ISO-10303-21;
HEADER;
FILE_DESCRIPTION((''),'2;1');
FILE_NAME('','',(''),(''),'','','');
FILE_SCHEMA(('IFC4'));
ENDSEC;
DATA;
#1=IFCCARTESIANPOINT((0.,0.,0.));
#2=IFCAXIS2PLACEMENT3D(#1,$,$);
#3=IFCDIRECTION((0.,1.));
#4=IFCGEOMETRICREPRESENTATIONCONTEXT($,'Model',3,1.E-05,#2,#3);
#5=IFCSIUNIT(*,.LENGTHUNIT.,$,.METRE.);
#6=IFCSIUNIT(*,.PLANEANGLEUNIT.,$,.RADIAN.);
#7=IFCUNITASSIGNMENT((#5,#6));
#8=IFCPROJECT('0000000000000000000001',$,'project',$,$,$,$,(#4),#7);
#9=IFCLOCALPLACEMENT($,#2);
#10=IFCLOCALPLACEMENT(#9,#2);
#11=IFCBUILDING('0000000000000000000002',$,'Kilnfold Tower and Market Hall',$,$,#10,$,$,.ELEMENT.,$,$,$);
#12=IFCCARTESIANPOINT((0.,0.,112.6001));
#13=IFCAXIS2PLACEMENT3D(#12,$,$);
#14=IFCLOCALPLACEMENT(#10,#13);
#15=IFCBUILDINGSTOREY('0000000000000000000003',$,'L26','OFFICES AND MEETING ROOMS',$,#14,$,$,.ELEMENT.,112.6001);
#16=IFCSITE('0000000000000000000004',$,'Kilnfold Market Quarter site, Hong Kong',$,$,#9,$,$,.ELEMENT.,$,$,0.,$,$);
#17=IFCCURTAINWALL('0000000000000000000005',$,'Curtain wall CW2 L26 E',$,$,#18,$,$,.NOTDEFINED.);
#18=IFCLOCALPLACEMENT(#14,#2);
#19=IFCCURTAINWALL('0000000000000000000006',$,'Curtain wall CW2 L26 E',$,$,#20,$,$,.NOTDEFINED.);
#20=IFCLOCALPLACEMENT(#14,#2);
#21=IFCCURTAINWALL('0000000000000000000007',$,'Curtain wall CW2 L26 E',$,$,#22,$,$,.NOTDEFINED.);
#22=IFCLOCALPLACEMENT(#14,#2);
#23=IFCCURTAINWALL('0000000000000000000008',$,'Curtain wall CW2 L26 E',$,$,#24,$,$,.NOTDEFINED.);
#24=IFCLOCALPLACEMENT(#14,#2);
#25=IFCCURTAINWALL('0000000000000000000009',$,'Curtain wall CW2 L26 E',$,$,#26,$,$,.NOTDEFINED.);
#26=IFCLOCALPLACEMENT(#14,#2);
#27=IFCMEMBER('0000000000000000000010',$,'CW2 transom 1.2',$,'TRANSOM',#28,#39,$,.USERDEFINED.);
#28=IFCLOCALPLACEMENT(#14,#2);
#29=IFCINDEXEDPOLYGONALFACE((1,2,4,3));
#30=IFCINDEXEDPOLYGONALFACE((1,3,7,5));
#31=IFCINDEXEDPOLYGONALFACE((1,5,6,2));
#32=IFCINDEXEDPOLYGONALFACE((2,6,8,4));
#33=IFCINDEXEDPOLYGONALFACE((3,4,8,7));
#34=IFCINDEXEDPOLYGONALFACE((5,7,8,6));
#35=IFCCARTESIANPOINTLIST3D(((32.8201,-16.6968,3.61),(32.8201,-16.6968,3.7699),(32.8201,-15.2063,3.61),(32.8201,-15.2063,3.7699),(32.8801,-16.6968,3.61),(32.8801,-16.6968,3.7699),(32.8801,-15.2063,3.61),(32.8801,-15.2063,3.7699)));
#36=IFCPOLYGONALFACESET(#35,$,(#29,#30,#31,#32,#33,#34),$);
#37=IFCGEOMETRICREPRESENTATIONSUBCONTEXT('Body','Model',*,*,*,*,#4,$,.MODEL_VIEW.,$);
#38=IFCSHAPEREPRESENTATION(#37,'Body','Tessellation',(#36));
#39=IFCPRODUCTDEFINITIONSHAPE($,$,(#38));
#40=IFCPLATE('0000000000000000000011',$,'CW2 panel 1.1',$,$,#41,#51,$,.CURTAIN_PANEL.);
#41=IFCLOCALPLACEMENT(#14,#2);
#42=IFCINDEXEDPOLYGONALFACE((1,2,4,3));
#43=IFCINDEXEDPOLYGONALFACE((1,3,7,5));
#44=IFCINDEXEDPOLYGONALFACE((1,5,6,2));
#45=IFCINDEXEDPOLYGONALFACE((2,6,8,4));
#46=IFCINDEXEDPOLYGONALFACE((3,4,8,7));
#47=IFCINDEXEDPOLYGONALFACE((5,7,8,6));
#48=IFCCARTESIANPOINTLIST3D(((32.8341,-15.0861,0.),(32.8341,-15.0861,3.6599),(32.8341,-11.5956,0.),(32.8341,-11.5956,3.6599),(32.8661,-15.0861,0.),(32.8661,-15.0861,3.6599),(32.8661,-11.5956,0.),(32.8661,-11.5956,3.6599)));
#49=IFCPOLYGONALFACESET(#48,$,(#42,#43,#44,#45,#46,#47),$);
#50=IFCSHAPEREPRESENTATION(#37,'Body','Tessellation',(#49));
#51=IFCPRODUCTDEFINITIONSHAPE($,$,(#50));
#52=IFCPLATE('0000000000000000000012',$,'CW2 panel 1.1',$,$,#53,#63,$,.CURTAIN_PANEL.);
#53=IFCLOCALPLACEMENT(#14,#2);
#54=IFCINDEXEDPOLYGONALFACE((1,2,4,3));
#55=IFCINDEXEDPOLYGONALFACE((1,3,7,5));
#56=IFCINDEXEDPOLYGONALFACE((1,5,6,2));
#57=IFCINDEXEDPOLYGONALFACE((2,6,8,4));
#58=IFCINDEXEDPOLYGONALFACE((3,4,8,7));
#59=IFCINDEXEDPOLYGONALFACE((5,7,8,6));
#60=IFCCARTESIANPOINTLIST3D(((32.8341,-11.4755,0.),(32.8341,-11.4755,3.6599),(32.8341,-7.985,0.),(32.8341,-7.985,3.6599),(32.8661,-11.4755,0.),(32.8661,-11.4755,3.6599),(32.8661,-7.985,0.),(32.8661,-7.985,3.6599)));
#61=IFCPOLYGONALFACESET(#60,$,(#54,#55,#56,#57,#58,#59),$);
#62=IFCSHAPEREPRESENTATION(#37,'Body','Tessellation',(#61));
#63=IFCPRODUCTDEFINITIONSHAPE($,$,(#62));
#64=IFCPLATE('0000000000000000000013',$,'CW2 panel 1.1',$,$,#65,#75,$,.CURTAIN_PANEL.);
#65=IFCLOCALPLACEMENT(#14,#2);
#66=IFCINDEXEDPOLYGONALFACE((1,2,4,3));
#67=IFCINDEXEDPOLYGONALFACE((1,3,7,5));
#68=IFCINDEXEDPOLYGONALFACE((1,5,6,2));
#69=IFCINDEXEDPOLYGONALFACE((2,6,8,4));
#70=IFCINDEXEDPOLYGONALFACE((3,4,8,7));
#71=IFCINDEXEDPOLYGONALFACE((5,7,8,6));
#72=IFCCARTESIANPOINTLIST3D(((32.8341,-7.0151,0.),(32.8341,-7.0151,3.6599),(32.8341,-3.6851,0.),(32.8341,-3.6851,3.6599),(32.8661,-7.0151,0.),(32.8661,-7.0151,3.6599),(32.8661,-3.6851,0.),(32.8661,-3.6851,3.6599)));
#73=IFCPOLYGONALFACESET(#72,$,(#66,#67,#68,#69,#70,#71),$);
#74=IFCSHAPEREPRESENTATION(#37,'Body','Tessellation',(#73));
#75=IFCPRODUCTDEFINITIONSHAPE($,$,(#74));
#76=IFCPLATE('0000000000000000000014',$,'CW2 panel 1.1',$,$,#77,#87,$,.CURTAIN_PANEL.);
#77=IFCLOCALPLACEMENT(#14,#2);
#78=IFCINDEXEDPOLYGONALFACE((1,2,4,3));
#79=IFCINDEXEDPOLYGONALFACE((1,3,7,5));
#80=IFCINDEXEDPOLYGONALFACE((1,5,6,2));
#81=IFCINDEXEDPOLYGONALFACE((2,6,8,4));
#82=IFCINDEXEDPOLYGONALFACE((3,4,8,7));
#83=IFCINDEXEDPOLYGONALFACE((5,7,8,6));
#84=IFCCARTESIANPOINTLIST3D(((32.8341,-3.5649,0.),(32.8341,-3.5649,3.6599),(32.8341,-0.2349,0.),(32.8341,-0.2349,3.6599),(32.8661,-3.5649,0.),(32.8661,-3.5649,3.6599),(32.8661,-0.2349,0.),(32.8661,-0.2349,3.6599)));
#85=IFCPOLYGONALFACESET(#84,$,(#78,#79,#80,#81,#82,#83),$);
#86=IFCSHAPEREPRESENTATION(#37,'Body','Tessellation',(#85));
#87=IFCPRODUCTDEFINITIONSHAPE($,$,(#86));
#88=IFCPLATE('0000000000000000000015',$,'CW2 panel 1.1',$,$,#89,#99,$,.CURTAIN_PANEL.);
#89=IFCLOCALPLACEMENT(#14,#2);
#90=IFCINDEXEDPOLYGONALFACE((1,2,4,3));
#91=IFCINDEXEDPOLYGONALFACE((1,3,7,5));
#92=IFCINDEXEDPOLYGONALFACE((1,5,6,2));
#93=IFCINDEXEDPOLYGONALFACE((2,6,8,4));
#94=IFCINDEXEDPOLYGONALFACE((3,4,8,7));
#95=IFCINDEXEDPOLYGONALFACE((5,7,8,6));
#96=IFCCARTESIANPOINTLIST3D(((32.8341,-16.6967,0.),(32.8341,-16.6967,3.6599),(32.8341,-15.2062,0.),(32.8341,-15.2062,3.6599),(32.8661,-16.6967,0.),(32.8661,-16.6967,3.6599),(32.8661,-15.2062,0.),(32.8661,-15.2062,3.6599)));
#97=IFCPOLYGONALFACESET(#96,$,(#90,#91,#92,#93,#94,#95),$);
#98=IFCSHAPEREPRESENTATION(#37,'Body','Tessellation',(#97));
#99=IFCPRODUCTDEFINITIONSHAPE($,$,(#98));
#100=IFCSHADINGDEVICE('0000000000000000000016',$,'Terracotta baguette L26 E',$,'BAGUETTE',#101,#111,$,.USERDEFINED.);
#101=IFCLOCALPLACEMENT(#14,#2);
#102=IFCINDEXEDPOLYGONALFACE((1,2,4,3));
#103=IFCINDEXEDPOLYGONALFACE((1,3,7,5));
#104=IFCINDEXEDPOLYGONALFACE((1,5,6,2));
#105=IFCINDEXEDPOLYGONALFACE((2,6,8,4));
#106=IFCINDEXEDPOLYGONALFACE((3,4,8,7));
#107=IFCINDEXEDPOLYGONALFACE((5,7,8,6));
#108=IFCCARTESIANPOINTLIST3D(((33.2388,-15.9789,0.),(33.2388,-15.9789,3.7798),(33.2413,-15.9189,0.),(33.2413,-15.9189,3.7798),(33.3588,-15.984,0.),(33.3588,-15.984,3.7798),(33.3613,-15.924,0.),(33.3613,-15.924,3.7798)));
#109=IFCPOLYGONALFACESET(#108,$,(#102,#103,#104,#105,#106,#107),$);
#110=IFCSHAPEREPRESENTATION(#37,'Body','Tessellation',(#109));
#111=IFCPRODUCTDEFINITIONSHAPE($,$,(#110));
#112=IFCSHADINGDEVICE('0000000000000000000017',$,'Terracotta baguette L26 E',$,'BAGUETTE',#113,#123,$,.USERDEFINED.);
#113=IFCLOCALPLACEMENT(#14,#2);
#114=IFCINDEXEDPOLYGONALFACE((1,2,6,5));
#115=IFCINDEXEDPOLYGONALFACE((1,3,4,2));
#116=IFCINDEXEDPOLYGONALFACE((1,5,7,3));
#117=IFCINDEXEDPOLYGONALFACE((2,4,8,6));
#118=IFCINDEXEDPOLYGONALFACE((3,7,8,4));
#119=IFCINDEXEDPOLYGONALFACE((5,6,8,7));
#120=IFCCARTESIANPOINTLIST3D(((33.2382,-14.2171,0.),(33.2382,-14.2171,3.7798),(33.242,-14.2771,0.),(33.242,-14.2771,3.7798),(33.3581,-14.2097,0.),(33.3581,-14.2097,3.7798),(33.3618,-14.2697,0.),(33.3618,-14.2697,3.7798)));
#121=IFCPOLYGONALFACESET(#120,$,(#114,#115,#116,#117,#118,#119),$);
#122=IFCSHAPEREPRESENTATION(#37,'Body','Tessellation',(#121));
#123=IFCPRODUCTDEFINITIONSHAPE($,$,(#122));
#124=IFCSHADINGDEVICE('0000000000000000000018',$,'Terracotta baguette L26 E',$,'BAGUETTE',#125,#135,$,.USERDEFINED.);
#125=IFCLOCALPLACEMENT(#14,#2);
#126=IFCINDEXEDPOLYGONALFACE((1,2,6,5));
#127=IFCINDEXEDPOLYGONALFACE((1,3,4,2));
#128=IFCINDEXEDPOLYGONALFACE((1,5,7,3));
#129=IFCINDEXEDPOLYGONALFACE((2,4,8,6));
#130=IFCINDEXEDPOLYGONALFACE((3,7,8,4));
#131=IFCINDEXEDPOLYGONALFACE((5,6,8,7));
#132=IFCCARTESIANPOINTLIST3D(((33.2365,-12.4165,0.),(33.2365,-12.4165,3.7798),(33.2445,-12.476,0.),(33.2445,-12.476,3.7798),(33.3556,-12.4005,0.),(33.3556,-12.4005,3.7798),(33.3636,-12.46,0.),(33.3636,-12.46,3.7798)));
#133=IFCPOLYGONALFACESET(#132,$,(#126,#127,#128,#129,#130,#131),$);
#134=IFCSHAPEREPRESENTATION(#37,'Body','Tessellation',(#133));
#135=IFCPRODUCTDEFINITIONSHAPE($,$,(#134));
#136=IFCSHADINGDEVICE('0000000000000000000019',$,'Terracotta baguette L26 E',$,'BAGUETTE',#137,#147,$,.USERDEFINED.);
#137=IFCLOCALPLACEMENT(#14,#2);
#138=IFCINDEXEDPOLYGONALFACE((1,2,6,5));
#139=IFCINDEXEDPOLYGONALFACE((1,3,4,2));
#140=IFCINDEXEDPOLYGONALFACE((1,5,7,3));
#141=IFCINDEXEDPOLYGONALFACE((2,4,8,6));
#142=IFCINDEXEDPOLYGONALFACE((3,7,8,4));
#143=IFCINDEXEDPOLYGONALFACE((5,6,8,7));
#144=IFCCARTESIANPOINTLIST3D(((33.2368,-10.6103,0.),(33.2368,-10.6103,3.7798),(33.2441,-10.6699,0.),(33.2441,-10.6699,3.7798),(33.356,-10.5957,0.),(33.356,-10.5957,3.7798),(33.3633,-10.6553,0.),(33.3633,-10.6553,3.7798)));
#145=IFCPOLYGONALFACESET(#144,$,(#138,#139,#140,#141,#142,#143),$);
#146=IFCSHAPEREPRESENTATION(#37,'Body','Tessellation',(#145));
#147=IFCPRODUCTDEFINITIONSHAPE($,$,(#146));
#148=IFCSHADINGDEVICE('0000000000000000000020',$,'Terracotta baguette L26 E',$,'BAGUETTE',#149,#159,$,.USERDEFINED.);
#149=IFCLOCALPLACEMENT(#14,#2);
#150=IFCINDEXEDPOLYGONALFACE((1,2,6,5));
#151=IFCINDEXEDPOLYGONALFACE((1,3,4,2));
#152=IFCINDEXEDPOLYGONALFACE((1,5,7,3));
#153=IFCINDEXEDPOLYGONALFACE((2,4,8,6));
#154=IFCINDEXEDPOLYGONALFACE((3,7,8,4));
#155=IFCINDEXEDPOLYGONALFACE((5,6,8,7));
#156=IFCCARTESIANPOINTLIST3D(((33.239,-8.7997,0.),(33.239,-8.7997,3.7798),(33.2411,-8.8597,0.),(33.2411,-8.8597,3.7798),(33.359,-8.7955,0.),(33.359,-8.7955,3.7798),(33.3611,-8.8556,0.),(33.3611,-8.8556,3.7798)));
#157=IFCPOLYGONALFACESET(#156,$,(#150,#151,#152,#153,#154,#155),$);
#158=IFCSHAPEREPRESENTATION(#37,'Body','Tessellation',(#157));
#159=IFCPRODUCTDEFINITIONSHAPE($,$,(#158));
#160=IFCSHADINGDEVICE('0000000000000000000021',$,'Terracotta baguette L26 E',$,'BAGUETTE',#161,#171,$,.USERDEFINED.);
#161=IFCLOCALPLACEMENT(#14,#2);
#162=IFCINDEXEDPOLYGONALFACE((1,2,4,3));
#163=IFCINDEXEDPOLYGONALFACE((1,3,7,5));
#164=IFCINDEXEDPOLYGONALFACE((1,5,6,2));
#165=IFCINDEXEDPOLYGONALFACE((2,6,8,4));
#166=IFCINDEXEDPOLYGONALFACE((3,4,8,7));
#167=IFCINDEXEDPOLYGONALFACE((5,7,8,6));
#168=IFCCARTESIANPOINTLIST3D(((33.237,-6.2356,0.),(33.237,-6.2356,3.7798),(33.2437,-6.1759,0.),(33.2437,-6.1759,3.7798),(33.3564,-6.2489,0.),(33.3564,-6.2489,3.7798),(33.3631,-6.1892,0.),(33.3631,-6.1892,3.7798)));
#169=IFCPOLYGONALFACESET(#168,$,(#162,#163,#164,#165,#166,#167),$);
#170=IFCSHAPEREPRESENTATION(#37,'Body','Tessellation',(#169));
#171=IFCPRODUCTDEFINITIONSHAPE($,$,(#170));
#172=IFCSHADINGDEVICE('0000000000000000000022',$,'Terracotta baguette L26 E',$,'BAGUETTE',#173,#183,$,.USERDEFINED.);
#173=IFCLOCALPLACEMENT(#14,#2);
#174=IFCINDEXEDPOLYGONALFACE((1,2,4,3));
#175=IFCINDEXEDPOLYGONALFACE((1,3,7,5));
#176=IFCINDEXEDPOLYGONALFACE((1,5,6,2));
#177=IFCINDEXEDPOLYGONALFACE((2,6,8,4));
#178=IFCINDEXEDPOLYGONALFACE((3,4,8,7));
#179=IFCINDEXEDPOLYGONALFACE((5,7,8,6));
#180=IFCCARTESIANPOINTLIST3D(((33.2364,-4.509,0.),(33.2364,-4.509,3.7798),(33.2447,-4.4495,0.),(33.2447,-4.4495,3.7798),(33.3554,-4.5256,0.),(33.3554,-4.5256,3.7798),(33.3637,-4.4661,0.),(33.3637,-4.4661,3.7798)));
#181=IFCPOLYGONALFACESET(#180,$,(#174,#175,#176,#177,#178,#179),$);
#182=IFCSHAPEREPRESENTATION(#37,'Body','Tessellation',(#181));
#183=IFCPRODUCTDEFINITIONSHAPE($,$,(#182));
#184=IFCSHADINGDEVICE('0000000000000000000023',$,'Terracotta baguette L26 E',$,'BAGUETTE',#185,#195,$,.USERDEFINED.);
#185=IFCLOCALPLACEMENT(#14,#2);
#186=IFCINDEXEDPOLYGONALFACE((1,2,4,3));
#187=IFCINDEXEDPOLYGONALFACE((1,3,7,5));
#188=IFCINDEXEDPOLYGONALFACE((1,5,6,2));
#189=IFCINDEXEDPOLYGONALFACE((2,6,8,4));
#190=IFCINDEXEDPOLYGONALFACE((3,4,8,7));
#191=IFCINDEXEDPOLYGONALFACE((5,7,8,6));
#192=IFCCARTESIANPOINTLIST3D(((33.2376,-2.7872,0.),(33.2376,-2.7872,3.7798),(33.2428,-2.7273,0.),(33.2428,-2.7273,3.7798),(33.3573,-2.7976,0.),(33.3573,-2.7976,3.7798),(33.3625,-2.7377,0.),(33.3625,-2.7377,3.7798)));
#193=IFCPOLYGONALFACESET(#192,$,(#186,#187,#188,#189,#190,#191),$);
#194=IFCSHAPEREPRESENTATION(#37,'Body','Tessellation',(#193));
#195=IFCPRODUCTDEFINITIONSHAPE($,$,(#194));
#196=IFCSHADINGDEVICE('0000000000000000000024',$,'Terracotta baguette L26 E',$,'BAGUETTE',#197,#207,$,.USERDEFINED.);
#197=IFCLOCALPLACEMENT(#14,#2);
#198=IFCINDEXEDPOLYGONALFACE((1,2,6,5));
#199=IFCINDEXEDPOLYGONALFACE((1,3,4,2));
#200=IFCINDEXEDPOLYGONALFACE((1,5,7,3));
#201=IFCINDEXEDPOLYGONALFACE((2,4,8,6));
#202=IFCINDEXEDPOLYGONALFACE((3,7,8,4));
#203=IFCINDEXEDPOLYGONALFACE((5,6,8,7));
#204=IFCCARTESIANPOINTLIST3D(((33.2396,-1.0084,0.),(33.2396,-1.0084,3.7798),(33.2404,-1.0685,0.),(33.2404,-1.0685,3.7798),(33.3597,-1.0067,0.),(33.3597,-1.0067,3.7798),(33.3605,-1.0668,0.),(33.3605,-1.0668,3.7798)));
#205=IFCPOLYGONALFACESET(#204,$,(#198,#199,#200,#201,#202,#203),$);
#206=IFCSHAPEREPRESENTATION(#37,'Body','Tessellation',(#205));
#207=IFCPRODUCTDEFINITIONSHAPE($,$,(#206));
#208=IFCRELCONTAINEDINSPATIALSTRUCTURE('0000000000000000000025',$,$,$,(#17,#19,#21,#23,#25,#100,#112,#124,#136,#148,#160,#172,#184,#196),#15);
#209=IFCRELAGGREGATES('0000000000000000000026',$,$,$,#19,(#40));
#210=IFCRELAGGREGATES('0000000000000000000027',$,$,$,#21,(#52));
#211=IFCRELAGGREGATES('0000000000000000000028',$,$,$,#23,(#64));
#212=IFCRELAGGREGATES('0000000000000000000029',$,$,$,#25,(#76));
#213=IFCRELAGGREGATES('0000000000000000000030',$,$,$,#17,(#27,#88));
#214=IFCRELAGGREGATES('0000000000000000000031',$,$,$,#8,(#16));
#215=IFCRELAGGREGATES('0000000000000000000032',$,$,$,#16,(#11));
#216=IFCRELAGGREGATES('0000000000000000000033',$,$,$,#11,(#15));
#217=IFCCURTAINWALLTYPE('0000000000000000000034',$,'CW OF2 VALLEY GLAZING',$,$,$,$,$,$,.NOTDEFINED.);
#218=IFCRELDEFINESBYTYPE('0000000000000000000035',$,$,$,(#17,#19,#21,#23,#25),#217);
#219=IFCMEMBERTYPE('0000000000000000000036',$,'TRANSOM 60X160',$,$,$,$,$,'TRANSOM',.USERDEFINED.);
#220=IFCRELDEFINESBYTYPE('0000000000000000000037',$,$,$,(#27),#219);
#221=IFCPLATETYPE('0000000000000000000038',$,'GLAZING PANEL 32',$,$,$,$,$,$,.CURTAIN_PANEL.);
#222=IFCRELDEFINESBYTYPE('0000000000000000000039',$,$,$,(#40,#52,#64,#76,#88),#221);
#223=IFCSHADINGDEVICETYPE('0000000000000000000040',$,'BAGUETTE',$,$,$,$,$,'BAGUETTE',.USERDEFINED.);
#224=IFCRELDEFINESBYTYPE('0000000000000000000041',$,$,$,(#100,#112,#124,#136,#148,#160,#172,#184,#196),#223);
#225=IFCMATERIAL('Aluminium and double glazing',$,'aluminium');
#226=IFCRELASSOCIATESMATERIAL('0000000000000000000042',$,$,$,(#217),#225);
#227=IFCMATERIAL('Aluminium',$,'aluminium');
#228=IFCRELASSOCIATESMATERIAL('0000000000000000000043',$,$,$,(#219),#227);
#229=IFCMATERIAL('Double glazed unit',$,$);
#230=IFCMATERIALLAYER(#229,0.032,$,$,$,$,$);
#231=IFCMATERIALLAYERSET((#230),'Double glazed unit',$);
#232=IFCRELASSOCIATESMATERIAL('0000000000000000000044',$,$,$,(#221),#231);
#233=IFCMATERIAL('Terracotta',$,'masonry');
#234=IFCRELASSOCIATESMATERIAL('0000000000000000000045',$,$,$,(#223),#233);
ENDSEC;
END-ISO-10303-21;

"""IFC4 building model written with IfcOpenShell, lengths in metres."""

from ifc_helpers import new_model, si_unit, direction, frame, origin, origin_2d, place, context, subcontext, project, spatial, rectangle, extrude, source, transform, mapped, material, layer, layer_set, material_profile, profile_set, type_object, element, aggregate, save


model = new_model("IFC4")

# Units and contexts
model_context = context("Model", 3, precision=1e-05, world=origin(), true_north=direction((0.0, 1.0)))
body_context = subcontext(model_context, "Body", "Model", "MODEL_VIEW")
ifc_project = project(units=[si_unit("LENGTHUNIT", "METRE"), si_unit("PLANEANGLEUNIT", "RADIAN")], contexts=[model_context])

# Site, building, storey
site_placement = place(None, origin())
site = spatial("IfcSite", under=ifc_project, at=site_placement, Name="Kilnfold Market Quarter site, Hong Kong", CompositionType="ELEMENT", RefElevation=0.0)
building_placement = place(site_placement, origin())
building = spatial("IfcBuilding", under=site, at=building_placement, Name="Kilnfold Tower and Market Hall", CompositionType="ELEMENT")
storey_placement = place(building_placement, frame((0.0, 0.0, 112.6001)))
storey = spatial("IfcBuildingStorey", under=building, at=storey_placement, Name="L26", Description="OFFICES AND MEETING ROOMS", CompositionType="ELEMENT", Elevation=112.6001)

# Curtain wall
ifc_material_1 = material(Name="Aluminium and double glazing", Category="aluminium")
curtain_wall_type = type_object("IfcCurtainWallType", Name="CW OF2 VALLEY GLAZING", PredefinedType="NOTDEFINED", material=ifc_material_1)
curtain_wall_1_placement = place(storey_placement, origin())
curtain_wall_1 = element("IfcCurtainWall", 1, at=curtain_wall_1_placement, inside=storey, type_object=curtain_wall_type, Name="Curtain wall CW2 L26 E", PredefinedType="NOTDEFINED")

# Curtain walls
curtain_wall_2_placement = place(storey_placement, origin())
curtain_wall_2 = element("IfcCurtainWall", 2, at=curtain_wall_2_placement, inside=storey, type_object=curtain_wall_type, Name="Curtain wall CW2 L26 E", PredefinedType="NOTDEFINED")
curtain_wall_3_placement = place(storey_placement, origin())
curtain_wall_3 = element("IfcCurtainWall", 3, at=curtain_wall_3_placement, inside=storey, type_object=curtain_wall_type, Name="Curtain wall CW2 L26 E", PredefinedType="NOTDEFINED")
curtain_wall_4_placement = place(storey_placement, origin())
curtain_wall_4 = element("IfcCurtainWall", 4, at=curtain_wall_4_placement, inside=storey, type_object=curtain_wall_type, Name="Curtain wall CW2 L26 E", PredefinedType="NOTDEFINED")
curtain_wall_5_placement = place(storey_placement, origin())
curtain_wall_5 = element("IfcCurtainWall", 5, at=curtain_wall_5_placement, inside=storey, type_object=curtain_wall_type, Name="Curtain wall CW2 L26 E", PredefinedType="NOTDEFINED")

# Member
ifc_material_2 = material(Name="Aluminium", Category="aluminium")
ifc_material_profile_1 = material_profile(ifc_material_2, rectangle(XDim=0.0601, YDim=0.1599, at=origin_2d()), Name="TRANSOM 60x160")
ifc_profile_set_1 = profile_set([ifc_material_profile_1], Name="Aluminium")
member_type_1 = type_object("IfcMemberType", Name="TRANSOM 60X160", ElementType="TRANSOM", PredefinedType="USERDEFINED", material=ifc_profile_set_1)
shared_shape_1 = source(origin(), body_context, "Body", "SweptSolid", [
    extrude(rectangle(XDim=0.0601, YDim=0.1599, at=origin_2d()), origin(), (0.0, 0.0, 1.0), 1.4905),
])
member_1_placement = place(storey_placement, frame((32.8501, -16.6968, 3.6899), z_axis=(0.0, 1.0, 0.0), x_axis=(-1.0, 0.0, 0.0)))
member_1 = element("IfcMember", 6, at=member_1_placement, type_object=member_type_1, Name="CW2 transom 1.2", ObjectType="TRANSOM", PredefinedType="USERDEFINED", context=body_context, shape_type="MappedRepresentation", body=[
    mapped(shared_shape_1, transform((0.0, 0.0, 0.0))),
])

# Plates
ifc_material_3 = material(Name="Double glazed unit")
ifc_layer = layer(ifc_material_3, 0.032)
ifc_layer_set = layer_set([ifc_layer], Name="Double glazed unit")
plate_type = type_object("IfcPlateType", Name="GLAZING PANEL 32", PredefinedType="CURTAIN_PANEL", material=ifc_layer_set)
shared_shape_2 = source(origin(), body_context, "Body", "SweptSolid", [
    extrude(rectangle(XDim=3.4905, YDim=0.032, at=origin_2d()), origin(), (0.0, 0.0, 1.0), 3.6599),
])
plate_1_placement = place(storey_placement, frame((32.8501, -13.3408, 0.0), z_axis=(0.0, 0.0, 1.0), x_axis=(0.0, 1.0, 0.0)))
plate_1 = element("IfcPlate", 7, at=plate_1_placement, type_object=plate_type, Name="CW2 panel 1.1", PredefinedType="CURTAIN_PANEL", context=body_context, shape_type="MappedRepresentation", body=[
    mapped(shared_shape_2, transform((0.0, 0.0, 0.0))),
])
aggregate(curtain_wall_2, [plate_1])
plate_2_placement = place(storey_placement, frame((32.8501, -9.7302, 0.0), z_axis=(0.0, 0.0, 1.0), x_axis=(0.0, 1.0, 0.0)))
plate_2 = element("IfcPlate", 8, at=plate_2_placement, type_object=plate_type, Name="CW2 panel 1.1", PredefinedType="CURTAIN_PANEL", context=body_context, shape_type="MappedRepresentation", body=[
    mapped(shared_shape_2, transform((0.0, 0.0, 0.0))),
])
aggregate(curtain_wall_3, [plate_2])
shared_shape_3 = source(origin(), body_context, "Body", "SweptSolid", [
    extrude(rectangle(XDim=3.3301, YDim=0.032, at=origin_2d()), origin(), (0.0, 0.0, 1.0), 3.6599),
])
plate_3_placement = place(storey_placement, frame((32.8501, -5.3501, 0.0), z_axis=(0.0, 0.0, 1.0), x_axis=(0.0, 1.0, 0.0)))
plate_3 = element("IfcPlate", 9, at=plate_3_placement, type_object=plate_type, Name="CW2 panel 1.1", PredefinedType="CURTAIN_PANEL", context=body_context, shape_type="MappedRepresentation", body=[
    mapped(shared_shape_3, transform((0.0, 0.0, 0.0))),
])
aggregate(curtain_wall_4, [plate_3])
plate_4_placement = place(storey_placement, frame((32.8501, -1.8999, 0.0), z_axis=(0.0, 0.0, 1.0), x_axis=(0.0, 1.0, 0.0)))
plate_4 = element("IfcPlate", 10, at=plate_4_placement, type_object=plate_type, Name="CW2 panel 1.1", PredefinedType="CURTAIN_PANEL", context=body_context, shape_type="MappedRepresentation", body=[
    mapped(shared_shape_3, transform((0.0, 0.0, 0.0))),
])
aggregate(curtain_wall_5, [plate_4])
shared_shape_4 = source(origin(), body_context, "Body", "SweptSolid", [
    extrude(rectangle(XDim=1.4905, YDim=0.032, at=origin_2d()), origin(), (0.0, 0.0, 1.0), 3.6599),
])
plate_5_placement = place(storey_placement, frame((32.8501, -15.9514, 0.0), z_axis=(0.0, 0.0, 1.0), x_axis=(0.0, 1.0, 0.0)))
plate_5 = element("IfcPlate", 11, at=plate_5_placement, type_object=plate_type, Name="CW2 panel 1.1", PredefinedType="CURTAIN_PANEL", context=body_context, shape_type="MappedRepresentation", body=[
    mapped(shared_shape_4, transform((0.0, 0.0, 0.0))),
])
aggregate(curtain_wall_1, [member_1, plate_5])

# Shading devices
ifc_material_4 = material(Name="Terracotta", Category="masonry")
ifc_material_profile_2 = material_profile(ifc_material_4, rectangle(XDim=0.0601, YDim=0.1201, at=origin_2d()), Name="BAG 60x120")
ifc_profile_set_2 = profile_set([ifc_material_profile_2], Name="Terracotta")
shading_device_type = type_object("IfcShadingDeviceType", Name="BAGUETTE", ElementType="BAGUETTE", PredefinedType="USERDEFINED", material=ifc_profile_set_2)
shared_shape_5 = source(origin(), body_context, "Body", "SweptSolid", [
    extrude(rectangle(XDim=0.0601, YDim=0.1201, at=origin_2d()), origin(), (0.0, 0.0, 1.0), 3.7798),
])
for number, where, z_axis, x_axis, name in (
    (12, (33.3, -15.9514, 0.0), (0.0, 0.0, 1.0), (0.042284, 0.999106, 0.0), "Terracotta baguette L26 E"),
    (13, (33.3, -14.2434, 0.0), (0.0, 0.0, 1.0), (-0.061792, 0.998089, 0.0), "Terracotta baguette L26 E"),
    (14, (33.3, -12.4382, 0.0), (0.0, 0.0, 1.0), (-0.132921, 0.991127, 0.0), "Terracotta baguette L26 E"),
    (15, (33.3, -10.6328, 0.0), (0.0, 0.0, 1.0), (-0.121665, 0.992571, 0.0), "Terracotta baguette L26 E"),
    (16, (33.3, -8.8276, 0.0), (0.0, 0.0, 1.0), (-0.034831, 0.999393, 0.0), "Terracotta baguette L26 E"),
    (17, (33.3, -6.2124, 0.0), (0.0, 0.0, 1.0), (0.110985, 0.993822, 0.0), "Terracotta baguette L26 E"),
    (18, (33.3, -4.4875, 0.0), (0.0, 0.0, 1.0), (0.138096, 0.990419, 0.0), "Terracotta baguette L26 E"),
    (19, (33.3, -2.7625, 0.0), (0.0, 0.0, 1.0), (0.086787, 0.996227, 0.0), "Terracotta baguette L26 E"),
    (20, (33.3, -1.0376, 0.0), (0.0, 0.0, 1.0), (-0.014278, 0.999898, 0.0), "Terracotta baguette L26 E"),
):
    element("IfcShadingDevice", number, at=place(storey_placement, frame(where, z_axis=z_axis, x_axis=x_axis)), inside=storey, type_object=shading_device_type, Name=name, ObjectType="BAGUETTE", PredefinedType="USERDEFINED", context=body_context, shape_type="MappedRepresentation", body=[
        mapped(shared_shape_5, transform((0.0, 0.0, 0.0))),
    ])

save(model, "model.ifc")
